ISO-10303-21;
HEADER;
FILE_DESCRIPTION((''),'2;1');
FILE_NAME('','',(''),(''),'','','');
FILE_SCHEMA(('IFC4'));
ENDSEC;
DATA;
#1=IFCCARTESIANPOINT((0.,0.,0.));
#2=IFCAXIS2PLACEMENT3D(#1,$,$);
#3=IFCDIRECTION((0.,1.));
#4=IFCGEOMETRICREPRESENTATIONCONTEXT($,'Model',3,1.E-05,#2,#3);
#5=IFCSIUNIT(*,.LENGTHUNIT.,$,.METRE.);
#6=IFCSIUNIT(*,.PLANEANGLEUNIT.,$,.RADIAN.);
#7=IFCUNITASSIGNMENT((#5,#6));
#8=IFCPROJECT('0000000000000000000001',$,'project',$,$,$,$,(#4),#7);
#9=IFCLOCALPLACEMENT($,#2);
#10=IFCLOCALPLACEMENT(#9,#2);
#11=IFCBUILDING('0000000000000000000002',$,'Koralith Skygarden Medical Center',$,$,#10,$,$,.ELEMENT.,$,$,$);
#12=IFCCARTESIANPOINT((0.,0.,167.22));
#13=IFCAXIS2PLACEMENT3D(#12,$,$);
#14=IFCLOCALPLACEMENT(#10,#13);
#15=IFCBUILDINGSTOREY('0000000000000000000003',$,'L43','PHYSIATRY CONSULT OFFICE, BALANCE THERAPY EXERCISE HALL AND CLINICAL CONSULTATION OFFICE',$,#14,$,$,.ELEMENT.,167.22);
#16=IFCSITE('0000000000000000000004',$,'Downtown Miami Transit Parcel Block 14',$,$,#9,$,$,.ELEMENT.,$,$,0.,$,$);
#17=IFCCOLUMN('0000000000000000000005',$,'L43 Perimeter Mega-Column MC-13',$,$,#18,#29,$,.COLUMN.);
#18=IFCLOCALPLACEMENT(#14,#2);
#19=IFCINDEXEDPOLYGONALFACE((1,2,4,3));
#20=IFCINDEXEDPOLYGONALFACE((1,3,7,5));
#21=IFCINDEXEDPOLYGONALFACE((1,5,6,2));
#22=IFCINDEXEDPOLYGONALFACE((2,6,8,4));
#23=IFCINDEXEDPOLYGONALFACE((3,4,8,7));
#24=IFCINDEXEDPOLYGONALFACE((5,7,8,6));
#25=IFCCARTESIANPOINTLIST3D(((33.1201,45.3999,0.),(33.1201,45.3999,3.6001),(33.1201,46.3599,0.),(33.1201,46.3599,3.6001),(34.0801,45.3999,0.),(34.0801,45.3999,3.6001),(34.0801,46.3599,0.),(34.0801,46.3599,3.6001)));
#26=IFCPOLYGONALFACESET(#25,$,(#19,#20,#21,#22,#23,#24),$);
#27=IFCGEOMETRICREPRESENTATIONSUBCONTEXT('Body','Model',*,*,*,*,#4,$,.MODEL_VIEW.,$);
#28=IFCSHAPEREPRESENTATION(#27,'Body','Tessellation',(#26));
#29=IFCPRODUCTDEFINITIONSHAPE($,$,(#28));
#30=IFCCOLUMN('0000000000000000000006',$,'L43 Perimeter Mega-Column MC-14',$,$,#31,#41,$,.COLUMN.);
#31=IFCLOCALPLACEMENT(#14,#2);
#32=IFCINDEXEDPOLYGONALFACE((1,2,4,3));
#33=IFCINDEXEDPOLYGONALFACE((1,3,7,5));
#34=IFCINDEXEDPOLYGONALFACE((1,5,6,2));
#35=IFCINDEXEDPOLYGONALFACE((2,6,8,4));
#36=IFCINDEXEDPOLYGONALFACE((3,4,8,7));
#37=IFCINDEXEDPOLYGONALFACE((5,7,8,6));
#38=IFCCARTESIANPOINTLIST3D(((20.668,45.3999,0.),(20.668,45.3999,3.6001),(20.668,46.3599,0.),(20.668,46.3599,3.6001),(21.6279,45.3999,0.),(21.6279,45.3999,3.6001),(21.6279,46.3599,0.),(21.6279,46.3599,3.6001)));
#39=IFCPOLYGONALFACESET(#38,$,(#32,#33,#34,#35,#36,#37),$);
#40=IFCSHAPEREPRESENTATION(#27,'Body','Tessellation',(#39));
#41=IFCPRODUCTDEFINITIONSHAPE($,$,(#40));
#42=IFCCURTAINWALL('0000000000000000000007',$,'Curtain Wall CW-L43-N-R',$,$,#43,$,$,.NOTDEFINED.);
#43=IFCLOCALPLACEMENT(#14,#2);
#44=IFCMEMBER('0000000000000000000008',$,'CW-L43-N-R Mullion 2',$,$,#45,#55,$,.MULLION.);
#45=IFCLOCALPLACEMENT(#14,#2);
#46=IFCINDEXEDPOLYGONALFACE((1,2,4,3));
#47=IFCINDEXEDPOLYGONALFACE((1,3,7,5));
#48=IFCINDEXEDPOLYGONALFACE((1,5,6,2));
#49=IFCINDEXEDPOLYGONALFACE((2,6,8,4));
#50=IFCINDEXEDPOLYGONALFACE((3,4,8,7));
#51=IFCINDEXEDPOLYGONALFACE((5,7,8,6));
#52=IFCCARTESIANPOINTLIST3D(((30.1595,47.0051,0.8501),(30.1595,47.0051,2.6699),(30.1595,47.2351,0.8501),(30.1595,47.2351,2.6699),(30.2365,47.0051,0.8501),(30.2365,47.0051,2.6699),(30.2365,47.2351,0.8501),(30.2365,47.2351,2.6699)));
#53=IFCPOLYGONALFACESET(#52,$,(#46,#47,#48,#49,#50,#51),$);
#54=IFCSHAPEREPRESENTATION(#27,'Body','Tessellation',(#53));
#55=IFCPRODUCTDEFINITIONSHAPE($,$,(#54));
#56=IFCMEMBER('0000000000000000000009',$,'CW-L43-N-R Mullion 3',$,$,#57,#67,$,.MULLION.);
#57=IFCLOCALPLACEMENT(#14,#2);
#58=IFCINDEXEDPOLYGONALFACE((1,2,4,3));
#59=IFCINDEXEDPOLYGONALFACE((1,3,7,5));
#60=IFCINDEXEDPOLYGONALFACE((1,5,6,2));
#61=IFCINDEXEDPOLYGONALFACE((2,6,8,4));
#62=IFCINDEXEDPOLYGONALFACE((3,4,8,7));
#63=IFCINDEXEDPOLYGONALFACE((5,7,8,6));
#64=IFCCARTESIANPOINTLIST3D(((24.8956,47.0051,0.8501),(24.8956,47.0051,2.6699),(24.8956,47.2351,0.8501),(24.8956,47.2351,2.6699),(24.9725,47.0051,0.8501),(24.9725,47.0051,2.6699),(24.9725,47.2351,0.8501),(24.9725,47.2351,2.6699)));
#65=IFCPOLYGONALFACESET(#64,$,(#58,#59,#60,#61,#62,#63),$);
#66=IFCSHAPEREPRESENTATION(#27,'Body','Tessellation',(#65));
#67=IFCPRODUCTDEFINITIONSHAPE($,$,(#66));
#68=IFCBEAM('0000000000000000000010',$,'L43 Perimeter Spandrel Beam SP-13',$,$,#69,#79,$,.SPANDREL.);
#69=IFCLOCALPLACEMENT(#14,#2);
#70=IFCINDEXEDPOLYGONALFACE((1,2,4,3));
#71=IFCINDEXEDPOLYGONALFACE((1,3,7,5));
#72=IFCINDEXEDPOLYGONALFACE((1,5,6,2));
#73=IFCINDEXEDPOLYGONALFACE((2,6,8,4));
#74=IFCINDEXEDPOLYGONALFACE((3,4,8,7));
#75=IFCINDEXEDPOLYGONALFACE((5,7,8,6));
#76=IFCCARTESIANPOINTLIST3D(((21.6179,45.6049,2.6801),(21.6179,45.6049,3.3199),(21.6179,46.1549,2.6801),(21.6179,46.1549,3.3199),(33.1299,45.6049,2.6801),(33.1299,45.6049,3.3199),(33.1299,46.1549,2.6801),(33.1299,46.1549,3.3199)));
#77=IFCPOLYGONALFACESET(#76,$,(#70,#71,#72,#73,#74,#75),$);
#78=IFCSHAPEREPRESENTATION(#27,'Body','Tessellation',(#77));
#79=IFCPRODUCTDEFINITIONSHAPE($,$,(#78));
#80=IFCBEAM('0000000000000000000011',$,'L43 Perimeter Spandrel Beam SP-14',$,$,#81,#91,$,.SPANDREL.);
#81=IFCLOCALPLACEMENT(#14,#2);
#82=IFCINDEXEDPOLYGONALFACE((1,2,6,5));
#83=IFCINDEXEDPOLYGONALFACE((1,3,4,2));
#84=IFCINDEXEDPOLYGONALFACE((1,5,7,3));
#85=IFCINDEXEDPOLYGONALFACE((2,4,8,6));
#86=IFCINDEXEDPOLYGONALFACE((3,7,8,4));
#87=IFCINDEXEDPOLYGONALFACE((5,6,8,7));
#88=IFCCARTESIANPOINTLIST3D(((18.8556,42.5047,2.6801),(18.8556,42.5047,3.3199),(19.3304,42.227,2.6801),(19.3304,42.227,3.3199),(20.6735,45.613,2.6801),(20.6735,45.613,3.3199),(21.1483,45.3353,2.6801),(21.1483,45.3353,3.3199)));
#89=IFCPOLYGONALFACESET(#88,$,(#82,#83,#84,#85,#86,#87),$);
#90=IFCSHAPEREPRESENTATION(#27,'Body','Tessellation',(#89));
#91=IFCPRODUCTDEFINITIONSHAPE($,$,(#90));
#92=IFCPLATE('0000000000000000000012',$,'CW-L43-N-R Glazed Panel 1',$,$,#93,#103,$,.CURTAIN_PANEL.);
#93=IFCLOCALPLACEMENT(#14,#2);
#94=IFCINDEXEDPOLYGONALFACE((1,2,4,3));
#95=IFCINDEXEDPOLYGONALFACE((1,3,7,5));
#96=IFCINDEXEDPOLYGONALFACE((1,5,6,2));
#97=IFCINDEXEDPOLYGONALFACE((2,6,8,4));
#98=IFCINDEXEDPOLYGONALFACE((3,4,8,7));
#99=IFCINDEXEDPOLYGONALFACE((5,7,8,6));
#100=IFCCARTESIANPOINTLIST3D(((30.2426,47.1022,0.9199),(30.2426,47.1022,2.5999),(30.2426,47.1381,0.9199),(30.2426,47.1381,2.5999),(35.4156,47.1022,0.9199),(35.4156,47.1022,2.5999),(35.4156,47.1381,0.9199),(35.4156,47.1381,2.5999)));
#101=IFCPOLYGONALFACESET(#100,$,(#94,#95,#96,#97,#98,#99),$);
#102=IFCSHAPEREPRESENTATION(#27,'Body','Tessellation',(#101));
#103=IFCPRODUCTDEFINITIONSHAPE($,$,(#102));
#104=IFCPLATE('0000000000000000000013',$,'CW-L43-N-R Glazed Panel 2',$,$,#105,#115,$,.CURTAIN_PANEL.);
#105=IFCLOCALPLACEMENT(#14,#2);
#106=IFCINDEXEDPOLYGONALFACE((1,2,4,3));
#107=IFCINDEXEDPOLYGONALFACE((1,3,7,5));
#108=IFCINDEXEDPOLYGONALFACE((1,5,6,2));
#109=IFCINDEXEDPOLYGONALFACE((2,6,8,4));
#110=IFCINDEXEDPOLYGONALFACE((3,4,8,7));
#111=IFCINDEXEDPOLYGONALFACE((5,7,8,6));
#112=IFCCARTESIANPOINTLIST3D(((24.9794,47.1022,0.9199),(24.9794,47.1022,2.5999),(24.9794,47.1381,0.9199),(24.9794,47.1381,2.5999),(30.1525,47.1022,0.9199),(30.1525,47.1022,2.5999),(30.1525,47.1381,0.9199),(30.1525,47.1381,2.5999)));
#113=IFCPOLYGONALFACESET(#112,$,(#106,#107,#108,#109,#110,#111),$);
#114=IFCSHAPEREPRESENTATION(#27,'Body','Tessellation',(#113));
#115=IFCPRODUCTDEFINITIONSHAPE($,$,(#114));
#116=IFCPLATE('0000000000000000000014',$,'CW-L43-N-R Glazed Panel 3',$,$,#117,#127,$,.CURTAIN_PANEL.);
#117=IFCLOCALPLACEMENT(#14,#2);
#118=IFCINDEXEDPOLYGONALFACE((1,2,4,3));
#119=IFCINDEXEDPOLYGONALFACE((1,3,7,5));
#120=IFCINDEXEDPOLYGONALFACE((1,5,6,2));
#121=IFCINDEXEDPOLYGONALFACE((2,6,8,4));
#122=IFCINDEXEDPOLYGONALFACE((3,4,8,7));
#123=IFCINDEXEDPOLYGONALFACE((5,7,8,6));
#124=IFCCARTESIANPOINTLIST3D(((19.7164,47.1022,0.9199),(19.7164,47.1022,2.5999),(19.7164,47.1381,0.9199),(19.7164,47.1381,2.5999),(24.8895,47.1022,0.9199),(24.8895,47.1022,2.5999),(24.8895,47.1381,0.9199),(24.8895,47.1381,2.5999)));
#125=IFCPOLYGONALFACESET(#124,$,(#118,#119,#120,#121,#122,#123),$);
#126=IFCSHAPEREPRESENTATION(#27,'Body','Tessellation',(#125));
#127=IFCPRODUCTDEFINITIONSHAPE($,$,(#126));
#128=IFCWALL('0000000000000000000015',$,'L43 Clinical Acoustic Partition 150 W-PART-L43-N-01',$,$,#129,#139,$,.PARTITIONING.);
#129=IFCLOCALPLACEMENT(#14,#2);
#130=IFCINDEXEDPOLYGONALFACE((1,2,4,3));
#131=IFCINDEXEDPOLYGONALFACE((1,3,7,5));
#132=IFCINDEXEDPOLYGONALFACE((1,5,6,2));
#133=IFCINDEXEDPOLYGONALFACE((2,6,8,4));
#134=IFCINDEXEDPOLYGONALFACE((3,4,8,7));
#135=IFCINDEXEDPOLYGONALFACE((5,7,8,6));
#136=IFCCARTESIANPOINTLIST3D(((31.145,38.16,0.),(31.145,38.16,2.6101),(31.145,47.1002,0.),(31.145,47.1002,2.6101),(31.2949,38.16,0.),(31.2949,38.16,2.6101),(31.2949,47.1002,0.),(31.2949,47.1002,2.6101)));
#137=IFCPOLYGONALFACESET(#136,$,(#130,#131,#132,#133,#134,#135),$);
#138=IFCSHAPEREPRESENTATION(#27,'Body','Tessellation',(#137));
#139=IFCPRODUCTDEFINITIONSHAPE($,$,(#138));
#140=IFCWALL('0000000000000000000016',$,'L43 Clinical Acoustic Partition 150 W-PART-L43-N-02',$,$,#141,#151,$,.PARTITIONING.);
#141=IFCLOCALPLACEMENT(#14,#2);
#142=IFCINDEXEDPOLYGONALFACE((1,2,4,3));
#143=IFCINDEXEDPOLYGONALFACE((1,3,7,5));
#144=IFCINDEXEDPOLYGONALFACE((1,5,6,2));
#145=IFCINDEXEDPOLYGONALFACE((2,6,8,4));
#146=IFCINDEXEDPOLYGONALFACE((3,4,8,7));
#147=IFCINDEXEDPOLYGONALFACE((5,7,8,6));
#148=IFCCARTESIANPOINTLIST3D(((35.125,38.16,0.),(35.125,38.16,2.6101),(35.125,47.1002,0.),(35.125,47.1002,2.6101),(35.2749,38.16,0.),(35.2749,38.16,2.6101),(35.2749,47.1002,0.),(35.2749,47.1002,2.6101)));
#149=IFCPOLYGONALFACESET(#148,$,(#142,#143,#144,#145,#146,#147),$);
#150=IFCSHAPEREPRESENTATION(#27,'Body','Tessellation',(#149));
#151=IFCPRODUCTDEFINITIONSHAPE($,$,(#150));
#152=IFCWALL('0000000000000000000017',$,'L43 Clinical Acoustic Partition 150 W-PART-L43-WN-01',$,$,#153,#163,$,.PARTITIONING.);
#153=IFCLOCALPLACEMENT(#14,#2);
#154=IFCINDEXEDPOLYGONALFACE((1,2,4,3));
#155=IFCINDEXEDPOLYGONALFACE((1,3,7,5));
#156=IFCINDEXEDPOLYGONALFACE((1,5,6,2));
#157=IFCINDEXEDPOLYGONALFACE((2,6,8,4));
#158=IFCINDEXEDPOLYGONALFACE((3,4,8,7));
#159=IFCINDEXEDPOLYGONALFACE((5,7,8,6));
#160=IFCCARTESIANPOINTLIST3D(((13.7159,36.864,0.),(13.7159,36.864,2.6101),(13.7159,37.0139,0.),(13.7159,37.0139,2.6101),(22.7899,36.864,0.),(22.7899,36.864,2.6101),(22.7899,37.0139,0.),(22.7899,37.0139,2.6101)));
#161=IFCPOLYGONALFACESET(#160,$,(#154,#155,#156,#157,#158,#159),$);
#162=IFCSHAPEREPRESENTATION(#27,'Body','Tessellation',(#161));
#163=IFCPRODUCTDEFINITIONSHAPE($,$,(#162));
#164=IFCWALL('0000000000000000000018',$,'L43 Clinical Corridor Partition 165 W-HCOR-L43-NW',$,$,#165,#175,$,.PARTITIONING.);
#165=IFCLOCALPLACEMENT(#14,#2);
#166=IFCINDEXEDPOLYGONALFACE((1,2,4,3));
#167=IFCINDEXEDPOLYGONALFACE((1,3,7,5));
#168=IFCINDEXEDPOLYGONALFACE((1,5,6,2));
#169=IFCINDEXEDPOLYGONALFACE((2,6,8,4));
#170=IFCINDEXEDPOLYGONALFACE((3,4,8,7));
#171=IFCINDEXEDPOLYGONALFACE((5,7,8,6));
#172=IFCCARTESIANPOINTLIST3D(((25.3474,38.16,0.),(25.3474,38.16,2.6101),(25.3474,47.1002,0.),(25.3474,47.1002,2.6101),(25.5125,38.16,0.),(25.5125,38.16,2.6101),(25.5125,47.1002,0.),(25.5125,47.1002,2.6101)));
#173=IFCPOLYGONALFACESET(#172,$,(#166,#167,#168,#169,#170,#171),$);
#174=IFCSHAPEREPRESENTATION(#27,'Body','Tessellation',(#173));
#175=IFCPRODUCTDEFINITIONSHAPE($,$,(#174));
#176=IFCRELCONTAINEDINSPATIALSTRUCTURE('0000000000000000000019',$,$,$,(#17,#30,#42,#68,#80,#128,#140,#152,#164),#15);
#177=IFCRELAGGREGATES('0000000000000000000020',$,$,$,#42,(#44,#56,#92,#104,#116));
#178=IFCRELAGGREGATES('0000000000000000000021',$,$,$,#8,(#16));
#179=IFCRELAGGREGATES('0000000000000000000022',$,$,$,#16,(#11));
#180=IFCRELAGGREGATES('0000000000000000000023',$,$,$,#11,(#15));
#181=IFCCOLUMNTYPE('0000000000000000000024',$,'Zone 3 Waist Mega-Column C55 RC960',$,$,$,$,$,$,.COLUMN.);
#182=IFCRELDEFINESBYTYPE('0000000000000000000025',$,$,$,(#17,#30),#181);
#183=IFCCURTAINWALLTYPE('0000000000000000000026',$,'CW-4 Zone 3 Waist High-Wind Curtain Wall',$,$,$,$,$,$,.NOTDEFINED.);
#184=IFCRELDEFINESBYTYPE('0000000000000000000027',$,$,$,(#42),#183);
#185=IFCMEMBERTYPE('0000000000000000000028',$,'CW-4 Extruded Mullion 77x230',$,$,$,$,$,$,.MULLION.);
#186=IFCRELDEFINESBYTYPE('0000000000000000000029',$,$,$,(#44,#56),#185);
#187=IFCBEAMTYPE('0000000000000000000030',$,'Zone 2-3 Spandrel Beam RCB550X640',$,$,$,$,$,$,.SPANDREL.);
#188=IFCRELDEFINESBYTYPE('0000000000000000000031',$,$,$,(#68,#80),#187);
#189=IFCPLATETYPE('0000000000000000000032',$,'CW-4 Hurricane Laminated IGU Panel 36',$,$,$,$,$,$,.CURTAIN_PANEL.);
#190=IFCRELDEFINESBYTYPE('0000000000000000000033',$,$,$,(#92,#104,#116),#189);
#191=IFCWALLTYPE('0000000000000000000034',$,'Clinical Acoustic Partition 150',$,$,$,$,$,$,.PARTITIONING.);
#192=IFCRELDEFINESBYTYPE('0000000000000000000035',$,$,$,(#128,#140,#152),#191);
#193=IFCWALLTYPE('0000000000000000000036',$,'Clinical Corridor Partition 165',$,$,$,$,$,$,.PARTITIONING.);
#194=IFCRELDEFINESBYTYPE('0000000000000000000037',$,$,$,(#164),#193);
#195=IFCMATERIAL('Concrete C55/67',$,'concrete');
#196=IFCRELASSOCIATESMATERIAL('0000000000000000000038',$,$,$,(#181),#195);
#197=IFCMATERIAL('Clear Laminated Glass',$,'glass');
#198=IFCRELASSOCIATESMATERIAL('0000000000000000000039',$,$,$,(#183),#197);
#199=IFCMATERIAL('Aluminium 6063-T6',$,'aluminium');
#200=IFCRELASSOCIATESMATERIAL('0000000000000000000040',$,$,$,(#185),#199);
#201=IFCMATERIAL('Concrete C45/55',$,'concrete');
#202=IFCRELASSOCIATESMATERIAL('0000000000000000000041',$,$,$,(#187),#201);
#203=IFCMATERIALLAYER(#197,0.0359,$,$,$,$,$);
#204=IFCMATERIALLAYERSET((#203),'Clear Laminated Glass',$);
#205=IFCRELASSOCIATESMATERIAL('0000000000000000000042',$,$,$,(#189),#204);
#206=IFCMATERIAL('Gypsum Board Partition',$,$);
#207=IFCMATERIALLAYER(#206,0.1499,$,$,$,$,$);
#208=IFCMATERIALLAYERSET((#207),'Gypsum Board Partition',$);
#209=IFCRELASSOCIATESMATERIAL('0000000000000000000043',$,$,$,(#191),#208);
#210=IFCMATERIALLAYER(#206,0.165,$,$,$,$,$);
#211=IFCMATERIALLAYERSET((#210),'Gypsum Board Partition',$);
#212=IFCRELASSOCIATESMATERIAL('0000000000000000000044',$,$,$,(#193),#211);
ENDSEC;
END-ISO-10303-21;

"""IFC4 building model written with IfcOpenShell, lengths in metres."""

from ifc_helpers import new_model, si_unit, direction, frame, frame_2d, origin, origin_2d, place, context, subcontext, project, spatial, rectangle, extrude, material, layer, layer_set, material_profile, profile_set, type_object, element, aggregate, save


model = new_model("IFC4")

# Units and contexts
model_context = context("Model", 3, precision=1e-05, world=origin(), true_north=direction((0.0, 1.0)))
body_context = subcontext(model_context, "Body", "Model", "MODEL_VIEW")
ifc_project = project(units=[si_unit("LENGTHUNIT", "METRE"), si_unit("PLANEANGLEUNIT", "RADIAN")], contexts=[model_context])

# Site, building, storey
site_placement = place(None, origin())
site = spatial("IfcSite", under=ifc_project, at=site_placement, Name="Downtown Miami Transit Parcel Block 14", CompositionType="ELEMENT", RefElevation=0.0)
building_placement = place(site_placement, origin())
building = spatial("IfcBuilding", under=site, at=building_placement, Name="Koralith Skygarden Medical Center", CompositionType="ELEMENT")
storey_placement = place(building_placement, frame((0.0, 0.0, 167.22)))
storey = spatial("IfcBuildingStorey", under=building, at=storey_placement, Name="L43", Description="PHYSIATRY CONSULT OFFICE, BALANCE THERAPY EXERCISE HALL AND CLINICAL CONSULTATION OFFICE", CompositionType="ELEMENT", Elevation=167.22)

# Columns
ifc_material_1 = material(Name="Concrete C55/67", Category="concrete")
ifc_material_profile_1 = material_profile(ifc_material_1, rectangle(XDim=0.96, YDim=0.96, at=origin_2d()), Name="RC960X960")
ifc_profile_set_1 = profile_set([ifc_material_profile_1], Name="Concrete C55/67")
column_type = type_object("IfcColumnType", Name="Zone 3 Waist Mega-Column C55 RC960", PredefinedType="COLUMN", material=ifc_profile_set_1)
for number, where, z_axis, x_axis, name in (
    (1, (33.6001, 45.8799, 0.0), (0.0, 0.0, 1.0), (1.0, 0.0, 0.0), "L43 Perimeter Mega-Column MC-13"),
    (2, (21.1479, 45.8799, 0.0), (0.0, 0.0, 1.0), (1.0, 0.0, 0.0), "L43 Perimeter Mega-Column MC-14"),
):
    element("IfcColumn", number, at=place(storey_placement, frame(where, z_axis=z_axis, x_axis=x_axis)), inside=storey, type_object=column_type, Name=name, PredefinedType="COLUMN", context=body_context, shape_type="SweptSolid", body=[
        extrude(rectangle(XDim=0.96, YDim=0.96, at=origin_2d()), origin(), (0.0, 0.0, 1.0), 3.6001),
    ])

# Curtain wall, members
ifc_material_2 = material(Name="Clear Laminated Glass", Category="glass")
curtain_wall_type = type_object("IfcCurtainWallType", Name="CW-4 Zone 3 Waist High-Wind Curtain Wall", PredefinedType="NOTDEFINED", material=ifc_material_2)
curtain_wall_placement = place(storey_placement, origin())
curtain_wall = element("IfcCurtainWall", 3, at=curtain_wall_placement, inside=storey, type_object=curtain_wall_type, Name="Curtain Wall CW-L43-N-R", PredefinedType="NOTDEFINED")
ifc_material_3 = material(Name="Aluminium 6063-T6", Category="aluminium")
ifc_material_profile_2 = material_profile(ifc_material_3, rectangle(XDim=0.0769, YDim=0.23, at=origin_2d()), Name="MUL77X230")
ifc_profile_set_2 = profile_set([ifc_material_profile_2], Name="Aluminium 6063-T6")
member_type = type_object("IfcMemberType", Name="CW-4 Extruded Mullion 77x230", PredefinedType="MULLION", material=ifc_profile_set_2)
member_1_placement = place(storey_placement, frame((30.198, 47.1201, 0.8501), z_axis=(0.0, 0.0, 1.0), x_axis=(1.0, 0.0, 0.0)))
member_1 = element("IfcMember", 4, at=member_1_placement, type_object=member_type, Name="CW-L43-N-R Mullion 2", PredefinedType="MULLION", context=body_context, shape_type="SweptSolid", body=[
    extrude(rectangle(XDim=0.0769, YDim=0.23, at=origin_2d()), origin(), (0.0, 0.0, 1.0), 1.8198),
])
member_2_placement = place(storey_placement, frame((24.9341, 47.1201, 0.8501), z_axis=(0.0, 0.0, 1.0), x_axis=(1.0, 0.0, 0.0)))
member_2 = element("IfcMember", 5, at=member_2_placement, type_object=member_type, Name="CW-L43-N-R Mullion 3", PredefinedType="MULLION", context=body_context, shape_type="SweptSolid", body=[
    extrude(rectangle(XDim=0.0769, YDim=0.23, at=origin_2d()), origin(), (0.0, 0.0, 1.0), 1.8198),
])

# Beams
ifc_material_4 = material(Name="Concrete C45/55", Category="concrete")
ifc_material_profile_3 = material_profile(ifc_material_4, rectangle(XDim=0.55, YDim=0.6399, at=origin_2d()), Name="RCB550X640")
ifc_profile_set_3 = profile_set([ifc_material_profile_3], Name="Concrete C45/55")
beam_type = type_object("IfcBeamType", Name="Zone 2-3 Spandrel Beam RCB550X640", PredefinedType="SPANDREL", material=ifc_profile_set_3)
beam_1_placement = place(storey_placement, frame((33.1299, 45.8799, 3.0), z_axis=(-1.0, 0.0, 0.0), x_axis=(0.0, -1.0, 0.0)))
element("IfcBeam", 6, at=beam_1_placement, inside=storey, type_object=beam_type, Name="L43 Perimeter Spandrel Beam SP-13", PredefinedType="SPANDREL", context=body_context, shape_type="SweptSolid", body=[
    extrude(rectangle(XDim=0.55, YDim=0.6399, at=origin_2d()), origin(), (0.0, 0.0, 1.0), 11.512),
])
beam_2_placement = place(storey_placement, frame((20.9109, 45.4741, 3.0), z_axis=(-0.504861, -0.8632, 0.0), x_axis=(0.8632, -0.504861, 0.0)))
element("IfcBeam", 7, at=beam_2_placement, inside=storey, type_object=beam_type, Name="L43 Perimeter Spandrel Beam SP-14", PredefinedType="SPANDREL", context=body_context, shape_type="SweptSolid", body=[
    extrude(rectangle(XDim=0.55, YDim=0.6399, at=origin_2d()), origin(), (0.0, 0.0, 1.0), 3.6008),
])

# Plates
ifc_layer_1 = layer(ifc_material_2, 0.0359)
ifc_layer_set_1 = layer_set([ifc_layer_1], Name="Clear Laminated Glass")
plate_type = type_object("IfcPlateType", Name="CW-4 Hurricane Laminated IGU Panel 36", PredefinedType="CURTAIN_PANEL", material=ifc_layer_set_1)
plate_1_placement = place(storey_placement, frame((32.8291, 47.1201, 0.9199), z_axis=(0.0, 0.0, 1.0), x_axis=(-1.0, 0.0, 0.0)))
plate_1 = element("IfcPlate", 8, at=plate_1_placement, type_object=plate_type, Name="CW-L43-N-R Glazed Panel 1", PredefinedType="CURTAIN_PANEL", context=body_context, shape_type="SweptSolid", body=[
    extrude(rectangle(XDim=5.1731, YDim=0.0359, at=origin_2d()), origin(), (0.0, 0.0, 1.0), 1.6799),
])
plate_2_placement = place(storey_placement, frame((27.5659, 47.1201, 0.9199), z_axis=(0.0, 0.0, 1.0), x_axis=(-1.0, 0.0, 0.0)))
plate_2 = element("IfcPlate", 9, at=plate_2_placement, type_object=plate_type, Name="CW-L43-N-R Glazed Panel 2", PredefinedType="CURTAIN_PANEL", context=body_context, shape_type="SweptSolid", body=[
    extrude(rectangle(XDim=5.1731, YDim=0.0359, at=origin_2d()), origin(), (0.0, 0.0, 1.0), 1.6799),
])
plate_3_placement = place(storey_placement, frame((22.303, 47.1201, 0.9199), z_axis=(0.0, 0.0, 1.0), x_axis=(-1.0, 0.0, 0.0)))
plate_3 = element("IfcPlate", 10, at=plate_3_placement, type_object=plate_type, Name="CW-L43-N-R Glazed Panel 3", PredefinedType="CURTAIN_PANEL", context=body_context, shape_type="SweptSolid", body=[
    extrude(rectangle(XDim=5.1731, YDim=0.0359, at=origin_2d()), origin(), (0.0, 0.0, 1.0), 1.6799),
])
aggregate(curtain_wall, [member_1, member_2, plate_1, plate_2, plate_3])

# Walls
ifc_material_5 = material(Name="Gypsum Board Partition")
ifc_layer_2 = layer(ifc_material_5, 0.1499)
ifc_layer_set_2 = layer_set([ifc_layer_2], Name="Gypsum Board Partition")
wall_type_1 = type_object("IfcWallType", Name="Clinical Acoustic Partition 150", PredefinedType="PARTITIONING", material=ifc_layer_set_2)
for number, where, z_axis, x_axis, name in (
    (11, (31.22, 38.1599, 0.0), (0.0, 0.0, 1.0), (0.0, 1.0, 0.0), "L43 Clinical Acoustic Partition 150 W-PART-L43-N-01"),
    (12, (35.2, 38.1599, 0.0), (0.0, 0.0, 1.0), (0.0, 1.0, 0.0), "L43 Clinical Acoustic Partition 150 W-PART-L43-N-02"),
):
    element("IfcWall", number, at=place(storey_placement, frame(where, z_axis=z_axis, x_axis=x_axis)), inside=storey, type_object=wall_type_1, Name=name, PredefinedType="PARTITIONING", context=body_context, shape_type="SweptSolid", body=[
        extrude(rectangle(XDim=8.9402, YDim=0.1499, at=frame_2d((4.4702, 0.0))), origin(), (0.0, 0.0, 1.0), 2.6101),
    ])
wall_1_placement = place(storey_placement, frame((22.79, 36.939, 0.0), z_axis=(0.0, 0.0, 1.0), x_axis=(-1.0, 0.0, 0.0)))
element("IfcWall", 13, at=wall_1_placement, inside=storey, type_object=wall_type_1, Name="L43 Clinical Acoustic Partition 150 W-PART-L43-WN-01", PredefinedType="PARTITIONING", context=body_context, shape_type="SweptSolid", body=[
    extrude(rectangle(XDim=9.074, YDim=0.1499, at=frame_2d((4.5371, 0.0))), origin(), (0.0, 0.0, 1.0), 2.6101),
])
ifc_layer_3 = layer(ifc_material_5, 0.165)
ifc_layer_set_3 = layer_set([ifc_layer_3], Name="Gypsum Board Partition")
wall_type_2 = type_object("IfcWallType", Name="Clinical Corridor Partition 165", PredefinedType="PARTITIONING", material=ifc_layer_set_3)
wall_2_placement = place(storey_placement, frame((25.4299, 38.1599, 0.0), z_axis=(0.0, 0.0, 1.0), x_axis=(0.0, 1.0, 0.0)))
element("IfcWall", 14, at=wall_2_placement, inside=storey, type_object=wall_type_2, Name="L43 Clinical Corridor Partition 165 W-HCOR-L43-NW", PredefinedType="PARTITIONING", context=body_context, shape_type="SweptSolid", body=[
    extrude(rectangle(XDim=8.9402, YDim=0.165, at=frame_2d((4.4702, 0.0))), origin(), (0.0, 0.0, 1.0), 2.6101),
])

save(model, "model.ifc")
